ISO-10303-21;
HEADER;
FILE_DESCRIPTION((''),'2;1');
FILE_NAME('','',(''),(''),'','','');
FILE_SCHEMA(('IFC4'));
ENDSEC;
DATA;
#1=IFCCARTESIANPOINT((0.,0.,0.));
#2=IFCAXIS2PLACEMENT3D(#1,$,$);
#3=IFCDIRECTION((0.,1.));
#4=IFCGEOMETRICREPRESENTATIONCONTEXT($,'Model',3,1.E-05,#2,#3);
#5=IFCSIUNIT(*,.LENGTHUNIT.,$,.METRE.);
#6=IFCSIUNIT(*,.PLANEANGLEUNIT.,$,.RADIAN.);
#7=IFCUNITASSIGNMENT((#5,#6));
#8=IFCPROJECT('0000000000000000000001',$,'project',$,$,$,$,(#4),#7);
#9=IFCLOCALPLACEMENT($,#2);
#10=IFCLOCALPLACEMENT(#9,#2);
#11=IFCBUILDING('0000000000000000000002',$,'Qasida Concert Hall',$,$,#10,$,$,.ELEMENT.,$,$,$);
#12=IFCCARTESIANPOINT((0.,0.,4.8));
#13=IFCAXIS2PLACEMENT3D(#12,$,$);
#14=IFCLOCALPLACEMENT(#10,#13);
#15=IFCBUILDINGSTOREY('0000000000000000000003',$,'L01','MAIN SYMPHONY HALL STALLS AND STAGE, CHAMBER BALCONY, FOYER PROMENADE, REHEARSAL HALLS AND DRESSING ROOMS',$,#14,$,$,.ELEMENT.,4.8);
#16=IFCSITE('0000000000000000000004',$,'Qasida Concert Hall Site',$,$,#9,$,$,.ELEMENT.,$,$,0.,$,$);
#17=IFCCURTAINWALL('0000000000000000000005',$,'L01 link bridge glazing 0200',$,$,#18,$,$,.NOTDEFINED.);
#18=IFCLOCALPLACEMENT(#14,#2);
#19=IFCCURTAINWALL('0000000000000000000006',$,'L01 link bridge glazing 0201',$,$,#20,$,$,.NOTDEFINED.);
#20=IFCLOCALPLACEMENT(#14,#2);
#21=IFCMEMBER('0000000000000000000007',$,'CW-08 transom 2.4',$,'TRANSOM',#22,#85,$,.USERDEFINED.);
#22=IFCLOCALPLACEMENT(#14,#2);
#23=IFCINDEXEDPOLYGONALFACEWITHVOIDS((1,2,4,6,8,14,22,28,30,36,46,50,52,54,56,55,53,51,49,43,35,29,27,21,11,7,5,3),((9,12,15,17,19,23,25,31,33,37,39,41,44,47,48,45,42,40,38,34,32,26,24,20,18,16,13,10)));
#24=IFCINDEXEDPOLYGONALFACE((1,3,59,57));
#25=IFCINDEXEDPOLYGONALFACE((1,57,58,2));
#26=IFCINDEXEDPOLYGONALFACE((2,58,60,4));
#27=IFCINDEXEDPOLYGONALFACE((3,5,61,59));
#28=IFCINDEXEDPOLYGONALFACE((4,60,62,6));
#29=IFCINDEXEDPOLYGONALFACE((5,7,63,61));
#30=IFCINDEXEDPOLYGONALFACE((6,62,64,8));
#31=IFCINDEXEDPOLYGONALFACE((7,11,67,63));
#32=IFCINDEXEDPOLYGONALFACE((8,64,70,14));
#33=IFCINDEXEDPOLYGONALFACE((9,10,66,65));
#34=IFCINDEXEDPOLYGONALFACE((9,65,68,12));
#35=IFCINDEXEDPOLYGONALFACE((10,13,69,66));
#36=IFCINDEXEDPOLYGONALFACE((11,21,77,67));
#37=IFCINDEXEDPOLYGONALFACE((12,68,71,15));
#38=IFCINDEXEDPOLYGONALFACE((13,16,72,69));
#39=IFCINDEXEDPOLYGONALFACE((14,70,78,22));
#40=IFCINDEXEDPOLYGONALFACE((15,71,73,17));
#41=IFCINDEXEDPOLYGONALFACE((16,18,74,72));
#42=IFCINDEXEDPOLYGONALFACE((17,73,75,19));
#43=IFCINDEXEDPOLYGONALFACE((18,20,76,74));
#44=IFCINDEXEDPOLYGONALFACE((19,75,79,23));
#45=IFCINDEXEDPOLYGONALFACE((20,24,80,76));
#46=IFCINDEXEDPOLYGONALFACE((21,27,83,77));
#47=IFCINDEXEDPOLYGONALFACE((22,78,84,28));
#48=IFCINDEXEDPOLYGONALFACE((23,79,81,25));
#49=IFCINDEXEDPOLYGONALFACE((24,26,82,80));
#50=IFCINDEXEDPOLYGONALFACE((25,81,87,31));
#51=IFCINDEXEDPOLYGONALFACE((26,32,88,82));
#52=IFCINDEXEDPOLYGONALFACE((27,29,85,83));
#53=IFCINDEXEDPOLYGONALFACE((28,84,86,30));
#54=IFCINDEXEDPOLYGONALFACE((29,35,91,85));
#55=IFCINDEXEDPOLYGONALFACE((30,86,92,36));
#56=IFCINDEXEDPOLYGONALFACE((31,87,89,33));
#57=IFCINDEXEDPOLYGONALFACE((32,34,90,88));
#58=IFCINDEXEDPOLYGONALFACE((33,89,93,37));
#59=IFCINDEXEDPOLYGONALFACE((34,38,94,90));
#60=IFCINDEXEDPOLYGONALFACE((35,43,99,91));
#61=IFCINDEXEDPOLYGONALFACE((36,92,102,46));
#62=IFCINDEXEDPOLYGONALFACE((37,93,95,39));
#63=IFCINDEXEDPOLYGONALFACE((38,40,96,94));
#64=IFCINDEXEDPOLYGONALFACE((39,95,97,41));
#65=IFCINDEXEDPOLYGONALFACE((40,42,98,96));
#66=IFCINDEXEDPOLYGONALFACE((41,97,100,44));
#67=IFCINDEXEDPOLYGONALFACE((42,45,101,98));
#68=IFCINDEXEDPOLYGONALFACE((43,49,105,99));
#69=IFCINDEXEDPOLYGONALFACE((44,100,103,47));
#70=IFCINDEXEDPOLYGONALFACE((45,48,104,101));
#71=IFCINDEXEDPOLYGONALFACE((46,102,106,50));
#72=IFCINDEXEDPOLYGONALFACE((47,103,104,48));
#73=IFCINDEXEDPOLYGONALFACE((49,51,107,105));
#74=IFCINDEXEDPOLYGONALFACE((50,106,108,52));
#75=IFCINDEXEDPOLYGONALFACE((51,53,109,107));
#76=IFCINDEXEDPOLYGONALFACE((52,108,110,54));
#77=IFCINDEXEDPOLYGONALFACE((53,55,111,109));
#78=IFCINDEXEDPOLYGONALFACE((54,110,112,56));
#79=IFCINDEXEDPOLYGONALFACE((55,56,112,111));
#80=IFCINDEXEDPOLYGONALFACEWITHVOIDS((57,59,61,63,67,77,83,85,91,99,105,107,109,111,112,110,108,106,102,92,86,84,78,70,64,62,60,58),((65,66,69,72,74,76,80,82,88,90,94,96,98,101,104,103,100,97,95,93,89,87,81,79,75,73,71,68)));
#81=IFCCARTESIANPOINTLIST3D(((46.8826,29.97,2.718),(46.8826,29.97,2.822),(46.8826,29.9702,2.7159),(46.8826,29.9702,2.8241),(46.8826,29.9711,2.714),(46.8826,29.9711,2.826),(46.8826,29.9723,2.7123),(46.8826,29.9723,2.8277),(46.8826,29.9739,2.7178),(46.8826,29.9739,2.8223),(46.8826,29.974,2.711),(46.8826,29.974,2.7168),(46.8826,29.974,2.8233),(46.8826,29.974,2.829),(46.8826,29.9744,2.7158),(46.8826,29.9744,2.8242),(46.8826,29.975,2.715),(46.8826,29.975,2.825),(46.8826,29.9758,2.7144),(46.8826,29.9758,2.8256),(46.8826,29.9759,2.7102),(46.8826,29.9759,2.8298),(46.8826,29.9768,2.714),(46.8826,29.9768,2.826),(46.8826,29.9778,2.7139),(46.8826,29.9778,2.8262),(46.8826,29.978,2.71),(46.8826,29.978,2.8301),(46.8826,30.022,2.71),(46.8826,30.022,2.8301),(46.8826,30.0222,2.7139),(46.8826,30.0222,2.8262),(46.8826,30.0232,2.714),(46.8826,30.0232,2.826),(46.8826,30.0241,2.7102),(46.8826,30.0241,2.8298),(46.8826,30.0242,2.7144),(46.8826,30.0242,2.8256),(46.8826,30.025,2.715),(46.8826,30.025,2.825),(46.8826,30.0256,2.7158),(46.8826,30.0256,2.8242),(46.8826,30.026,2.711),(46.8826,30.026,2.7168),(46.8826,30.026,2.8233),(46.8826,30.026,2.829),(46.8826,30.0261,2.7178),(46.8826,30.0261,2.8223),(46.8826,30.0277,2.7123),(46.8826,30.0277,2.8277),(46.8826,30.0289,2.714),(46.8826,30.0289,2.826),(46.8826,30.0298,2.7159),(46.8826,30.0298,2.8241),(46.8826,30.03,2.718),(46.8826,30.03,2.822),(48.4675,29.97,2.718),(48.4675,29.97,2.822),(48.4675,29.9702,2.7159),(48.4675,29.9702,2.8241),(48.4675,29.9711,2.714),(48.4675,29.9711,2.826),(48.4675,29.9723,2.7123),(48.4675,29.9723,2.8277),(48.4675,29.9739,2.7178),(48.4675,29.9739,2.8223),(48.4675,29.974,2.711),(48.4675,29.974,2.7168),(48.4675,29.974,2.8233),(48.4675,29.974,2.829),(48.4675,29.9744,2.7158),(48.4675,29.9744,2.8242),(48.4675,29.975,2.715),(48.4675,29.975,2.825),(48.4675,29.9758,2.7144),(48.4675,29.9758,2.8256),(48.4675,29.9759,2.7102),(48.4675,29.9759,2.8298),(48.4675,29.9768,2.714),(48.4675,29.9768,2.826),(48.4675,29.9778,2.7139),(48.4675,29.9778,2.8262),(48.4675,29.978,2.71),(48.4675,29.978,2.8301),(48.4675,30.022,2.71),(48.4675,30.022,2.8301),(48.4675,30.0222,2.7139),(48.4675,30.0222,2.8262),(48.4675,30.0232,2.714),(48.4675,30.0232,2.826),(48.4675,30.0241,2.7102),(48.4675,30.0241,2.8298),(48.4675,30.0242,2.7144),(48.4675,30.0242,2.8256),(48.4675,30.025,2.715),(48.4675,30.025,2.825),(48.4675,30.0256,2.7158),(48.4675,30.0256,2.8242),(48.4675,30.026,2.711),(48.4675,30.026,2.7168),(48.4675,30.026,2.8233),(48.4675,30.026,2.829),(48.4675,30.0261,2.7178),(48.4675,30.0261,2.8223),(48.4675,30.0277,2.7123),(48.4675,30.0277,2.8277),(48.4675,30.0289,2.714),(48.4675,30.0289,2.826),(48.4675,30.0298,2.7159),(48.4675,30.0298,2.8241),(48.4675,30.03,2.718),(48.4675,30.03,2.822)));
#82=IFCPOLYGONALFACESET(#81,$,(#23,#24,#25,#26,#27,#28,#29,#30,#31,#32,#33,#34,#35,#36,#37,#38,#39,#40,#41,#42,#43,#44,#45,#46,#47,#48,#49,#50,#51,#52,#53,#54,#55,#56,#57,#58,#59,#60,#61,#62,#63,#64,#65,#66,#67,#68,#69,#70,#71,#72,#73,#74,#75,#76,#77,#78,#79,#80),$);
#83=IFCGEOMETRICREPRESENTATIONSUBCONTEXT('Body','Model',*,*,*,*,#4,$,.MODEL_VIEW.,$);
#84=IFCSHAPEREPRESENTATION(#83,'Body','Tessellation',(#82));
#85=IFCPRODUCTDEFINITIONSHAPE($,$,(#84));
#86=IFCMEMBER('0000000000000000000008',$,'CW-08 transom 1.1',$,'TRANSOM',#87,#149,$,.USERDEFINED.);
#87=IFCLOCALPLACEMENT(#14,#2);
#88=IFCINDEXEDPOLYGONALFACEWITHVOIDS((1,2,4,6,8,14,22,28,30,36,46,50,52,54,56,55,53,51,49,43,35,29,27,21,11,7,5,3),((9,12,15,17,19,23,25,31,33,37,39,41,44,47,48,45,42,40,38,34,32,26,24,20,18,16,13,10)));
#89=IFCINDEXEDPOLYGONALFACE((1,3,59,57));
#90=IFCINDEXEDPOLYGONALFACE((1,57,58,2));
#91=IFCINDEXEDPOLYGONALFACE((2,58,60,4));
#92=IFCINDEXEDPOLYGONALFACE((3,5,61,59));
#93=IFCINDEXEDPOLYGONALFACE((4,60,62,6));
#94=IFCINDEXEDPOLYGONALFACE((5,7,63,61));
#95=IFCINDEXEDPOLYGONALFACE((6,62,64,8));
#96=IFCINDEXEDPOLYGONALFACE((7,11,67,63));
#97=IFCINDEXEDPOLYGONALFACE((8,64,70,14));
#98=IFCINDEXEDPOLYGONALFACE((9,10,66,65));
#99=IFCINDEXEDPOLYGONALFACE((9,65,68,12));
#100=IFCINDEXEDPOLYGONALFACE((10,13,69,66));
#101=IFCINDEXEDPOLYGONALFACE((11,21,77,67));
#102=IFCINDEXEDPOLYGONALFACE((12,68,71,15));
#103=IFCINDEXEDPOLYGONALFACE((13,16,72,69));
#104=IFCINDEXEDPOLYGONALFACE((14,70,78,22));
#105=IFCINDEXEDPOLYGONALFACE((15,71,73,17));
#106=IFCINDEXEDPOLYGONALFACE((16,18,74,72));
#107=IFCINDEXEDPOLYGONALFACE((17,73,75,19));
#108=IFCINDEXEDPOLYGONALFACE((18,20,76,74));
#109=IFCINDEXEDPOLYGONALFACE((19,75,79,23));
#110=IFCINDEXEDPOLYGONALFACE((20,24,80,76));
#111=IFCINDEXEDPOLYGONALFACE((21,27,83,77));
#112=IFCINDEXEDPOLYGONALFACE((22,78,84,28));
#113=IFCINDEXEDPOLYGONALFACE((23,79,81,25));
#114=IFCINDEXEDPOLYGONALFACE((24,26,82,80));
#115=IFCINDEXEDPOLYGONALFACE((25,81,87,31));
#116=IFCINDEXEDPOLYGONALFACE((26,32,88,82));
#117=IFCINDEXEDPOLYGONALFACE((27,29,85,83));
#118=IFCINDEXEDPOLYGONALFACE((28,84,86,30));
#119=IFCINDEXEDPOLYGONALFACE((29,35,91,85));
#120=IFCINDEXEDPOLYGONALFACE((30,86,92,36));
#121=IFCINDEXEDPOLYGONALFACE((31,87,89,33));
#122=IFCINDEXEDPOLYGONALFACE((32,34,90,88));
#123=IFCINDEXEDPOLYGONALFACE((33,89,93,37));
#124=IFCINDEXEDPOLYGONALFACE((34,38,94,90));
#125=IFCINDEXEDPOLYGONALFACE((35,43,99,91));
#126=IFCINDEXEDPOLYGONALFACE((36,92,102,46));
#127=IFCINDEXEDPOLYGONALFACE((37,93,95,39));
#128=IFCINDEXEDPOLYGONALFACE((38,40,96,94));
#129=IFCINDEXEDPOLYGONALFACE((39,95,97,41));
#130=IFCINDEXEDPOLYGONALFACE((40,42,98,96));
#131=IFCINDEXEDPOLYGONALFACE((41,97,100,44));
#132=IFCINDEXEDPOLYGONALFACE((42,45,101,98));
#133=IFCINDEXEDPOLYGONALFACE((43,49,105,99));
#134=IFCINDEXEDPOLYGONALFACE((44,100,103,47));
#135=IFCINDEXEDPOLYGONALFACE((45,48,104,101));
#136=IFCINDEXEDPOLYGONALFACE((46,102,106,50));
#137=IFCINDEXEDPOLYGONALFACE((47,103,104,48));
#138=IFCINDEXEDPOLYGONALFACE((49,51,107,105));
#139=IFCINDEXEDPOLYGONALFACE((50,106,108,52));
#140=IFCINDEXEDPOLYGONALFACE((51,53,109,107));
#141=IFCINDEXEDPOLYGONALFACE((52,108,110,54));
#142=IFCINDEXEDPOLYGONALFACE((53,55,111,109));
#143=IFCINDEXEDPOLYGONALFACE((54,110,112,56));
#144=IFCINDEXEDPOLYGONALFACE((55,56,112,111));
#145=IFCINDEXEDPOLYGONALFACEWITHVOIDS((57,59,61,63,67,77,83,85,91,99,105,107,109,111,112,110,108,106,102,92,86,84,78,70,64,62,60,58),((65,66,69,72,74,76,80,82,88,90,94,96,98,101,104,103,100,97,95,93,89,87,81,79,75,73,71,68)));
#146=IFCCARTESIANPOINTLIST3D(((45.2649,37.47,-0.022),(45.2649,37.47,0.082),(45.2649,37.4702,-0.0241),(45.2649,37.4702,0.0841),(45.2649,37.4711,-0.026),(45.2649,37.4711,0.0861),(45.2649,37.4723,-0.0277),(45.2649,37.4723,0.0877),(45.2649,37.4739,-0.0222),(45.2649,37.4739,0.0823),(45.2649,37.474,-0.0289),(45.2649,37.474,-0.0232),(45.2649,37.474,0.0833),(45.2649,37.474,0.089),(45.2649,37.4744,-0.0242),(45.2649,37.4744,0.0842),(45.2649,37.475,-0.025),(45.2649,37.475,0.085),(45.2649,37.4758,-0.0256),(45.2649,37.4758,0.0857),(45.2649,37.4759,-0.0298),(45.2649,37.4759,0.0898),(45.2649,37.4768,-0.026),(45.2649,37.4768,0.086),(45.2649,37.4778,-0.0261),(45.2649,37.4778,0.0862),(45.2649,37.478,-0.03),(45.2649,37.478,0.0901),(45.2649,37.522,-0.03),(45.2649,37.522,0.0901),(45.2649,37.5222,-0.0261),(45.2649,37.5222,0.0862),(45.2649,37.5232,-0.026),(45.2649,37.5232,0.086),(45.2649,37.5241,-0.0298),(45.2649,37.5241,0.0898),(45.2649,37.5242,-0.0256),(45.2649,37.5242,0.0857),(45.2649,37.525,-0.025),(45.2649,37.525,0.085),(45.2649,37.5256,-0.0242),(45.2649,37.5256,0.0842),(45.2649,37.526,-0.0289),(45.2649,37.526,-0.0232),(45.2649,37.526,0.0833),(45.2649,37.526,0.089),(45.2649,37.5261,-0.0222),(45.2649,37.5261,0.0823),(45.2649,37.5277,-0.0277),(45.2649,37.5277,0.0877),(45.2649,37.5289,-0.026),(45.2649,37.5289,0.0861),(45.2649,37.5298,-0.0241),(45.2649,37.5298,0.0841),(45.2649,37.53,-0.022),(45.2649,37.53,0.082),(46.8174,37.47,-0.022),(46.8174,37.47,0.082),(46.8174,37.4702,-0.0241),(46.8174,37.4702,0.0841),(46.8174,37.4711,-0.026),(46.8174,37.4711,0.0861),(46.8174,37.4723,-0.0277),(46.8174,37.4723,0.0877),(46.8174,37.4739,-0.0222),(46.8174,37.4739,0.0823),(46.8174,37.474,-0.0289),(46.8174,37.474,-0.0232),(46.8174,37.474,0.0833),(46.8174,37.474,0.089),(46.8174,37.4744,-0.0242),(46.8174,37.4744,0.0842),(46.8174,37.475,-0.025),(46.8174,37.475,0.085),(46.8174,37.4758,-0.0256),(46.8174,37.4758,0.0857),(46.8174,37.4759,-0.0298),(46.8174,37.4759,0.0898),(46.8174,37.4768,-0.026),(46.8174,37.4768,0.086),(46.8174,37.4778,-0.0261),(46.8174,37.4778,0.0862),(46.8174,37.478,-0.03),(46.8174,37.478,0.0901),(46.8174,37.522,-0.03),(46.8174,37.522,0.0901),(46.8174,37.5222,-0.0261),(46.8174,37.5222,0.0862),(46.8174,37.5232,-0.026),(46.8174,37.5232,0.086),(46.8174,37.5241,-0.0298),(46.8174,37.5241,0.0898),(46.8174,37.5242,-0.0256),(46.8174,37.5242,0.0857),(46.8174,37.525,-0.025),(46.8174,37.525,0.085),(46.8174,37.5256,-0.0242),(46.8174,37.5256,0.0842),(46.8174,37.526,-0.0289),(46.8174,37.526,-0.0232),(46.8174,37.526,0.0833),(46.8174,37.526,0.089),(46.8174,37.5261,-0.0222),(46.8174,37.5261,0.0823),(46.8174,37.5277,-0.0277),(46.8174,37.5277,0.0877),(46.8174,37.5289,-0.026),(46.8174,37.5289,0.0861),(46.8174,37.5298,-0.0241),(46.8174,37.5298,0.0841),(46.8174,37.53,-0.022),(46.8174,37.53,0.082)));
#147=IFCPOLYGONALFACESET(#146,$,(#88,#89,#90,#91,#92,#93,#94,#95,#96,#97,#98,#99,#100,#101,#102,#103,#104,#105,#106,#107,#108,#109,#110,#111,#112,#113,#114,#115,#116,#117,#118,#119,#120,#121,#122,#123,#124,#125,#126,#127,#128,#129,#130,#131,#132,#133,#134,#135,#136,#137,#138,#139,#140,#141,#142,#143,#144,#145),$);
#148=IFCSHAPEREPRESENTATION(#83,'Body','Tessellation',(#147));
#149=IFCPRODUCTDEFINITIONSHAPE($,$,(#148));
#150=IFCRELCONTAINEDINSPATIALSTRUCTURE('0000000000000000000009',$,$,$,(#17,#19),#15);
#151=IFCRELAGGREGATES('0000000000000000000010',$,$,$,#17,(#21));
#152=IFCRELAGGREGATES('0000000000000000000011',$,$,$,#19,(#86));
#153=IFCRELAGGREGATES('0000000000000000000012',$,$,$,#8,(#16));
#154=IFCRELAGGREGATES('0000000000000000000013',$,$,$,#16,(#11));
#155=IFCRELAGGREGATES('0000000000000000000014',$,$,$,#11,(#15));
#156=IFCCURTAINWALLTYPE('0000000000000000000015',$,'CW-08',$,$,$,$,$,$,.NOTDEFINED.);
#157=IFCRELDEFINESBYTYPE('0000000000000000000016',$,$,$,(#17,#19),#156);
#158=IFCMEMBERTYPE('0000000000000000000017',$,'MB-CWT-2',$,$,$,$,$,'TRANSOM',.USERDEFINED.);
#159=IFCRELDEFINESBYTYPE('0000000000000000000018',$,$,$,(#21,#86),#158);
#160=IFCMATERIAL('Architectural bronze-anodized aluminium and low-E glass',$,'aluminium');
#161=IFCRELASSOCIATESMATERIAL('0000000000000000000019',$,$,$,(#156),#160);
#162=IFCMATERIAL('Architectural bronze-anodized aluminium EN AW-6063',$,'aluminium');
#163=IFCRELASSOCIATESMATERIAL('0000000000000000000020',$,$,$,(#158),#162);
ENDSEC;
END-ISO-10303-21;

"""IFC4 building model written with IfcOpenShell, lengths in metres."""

from ifc_helpers import new_model, si_unit, direction, frame, origin, origin_2d, place, context, subcontext, project, spatial, hollow_rectangle, extrude, material, material_profile, profile_set, type_object, element, aggregate, save


model = new_model("IFC4")

# Units and contexts
model_context = context("Model", 3, precision=1e-05, world=origin(), true_north=direction((0.0, 1.0)))
body_context = subcontext(model_context, "Body", "Model", "MODEL_VIEW")
ifc_project = project(units=[si_unit("LENGTHUNIT", "METRE"), si_unit("PLANEANGLEUNIT", "RADIAN")], contexts=[model_context])

# Site, building, storey
site_placement = place(None, origin())
site = spatial("IfcSite", under=ifc_project, at=site_placement, Name="Qasida Concert Hall Site", CompositionType="ELEMENT", RefElevation=0.0)
building_placement = place(site_placement, origin())
building = spatial("IfcBuilding", under=site, at=building_placement, Name="Qasida Concert Hall", CompositionType="ELEMENT")
storey_placement = place(building_placement, frame((0.0, 0.0, 4.8)))
storey = spatial("IfcBuildingStorey", under=building, at=storey_placement, Name="L01", Description="MAIN SYMPHONY HALL STALLS AND STAGE, CHAMBER BALCONY, FOYER PROMENADE, REHEARSAL HALLS AND DRESSING ROOMS", CompositionType="ELEMENT", Elevation=4.8)

# Curtain walls
ifc_material_1 = material(Name="Architectural bronze-anodized aluminium and low-E glass", Category="aluminium")
curtain_wall_type = type_object("IfcCurtainWallType", Name="CW-08", PredefinedType="NOTDEFINED", material=ifc_material_1)
curtain_wall_1_placement = place(storey_placement, origin())
curtain_wall_1 = element("IfcCurtainWall", 1, at=curtain_wall_1_placement, inside=storey, type_object=curtain_wall_type, Name="L01 link bridge glazing 0200", PredefinedType="NOTDEFINED")
ifc_material_2 = material(Name="Architectural bronze-anodized aluminium EN AW-6063", Category="aluminium")
curtain_wall_2_placement = place(storey_placement, origin())
curtain_wall_2 = element("IfcCurtainWall", 2, at=curtain_wall_2_placement, inside=storey, type_object=curtain_wall_type, Name="L01 link bridge glazing 0201", PredefinedType="NOTDEFINED")

# Members
ifc_material_profile_1 = material_profile(ifc_material_2, hollow_rectangle(XDim=0.0601, YDim=0.1201, WallThickness=0.0039, InnerFilletRadius=0.0039, OuterFilletRadius=0.0081, at=origin_2d()), Name="CWT 120x60x4")
ifc_profile_set_1 = profile_set([ifc_material_profile_1], Name="Architectural bronze-anodized aluminium EN AW-6063")
member_type_1 = type_object("IfcMemberType", Name="MB-CWT-2", ElementType="TRANSOM", PredefinedType="USERDEFINED", material=ifc_profile_set_1)
member_1_placement = place(storey_placement, frame((46.8826, 30.0, 2.77), z_axis=(1.0, 0.0, 0.0), x_axis=(0.0, 1.0, 0.0)))
member_1 = element("IfcMember", 3, at=member_1_placement, type_object=member_type_1, Name="CW-08 transom 2.4", ObjectType="TRANSOM", PredefinedType="USERDEFINED", context=body_context, shape_type="SweptSolid", body=[
    extrude(hollow_rectangle(XDim=0.0601, YDim=0.1201, WallThickness=0.0039, InnerFilletRadius=0.0039, OuterFilletRadius=0.0081, at=origin_2d()), origin(), (0.0, 0.0, 1.0), 1.585),
])
member_2_placement = place(storey_placement, frame((45.2649, 37.5, 0.03), z_axis=(1.0, 0.0, 0.0), x_axis=(0.0, 1.0, 0.0)))
member_2 = element("IfcMember", 4, at=member_2_placement, type_object=member_type_1, Name="CW-08 transom 1.1", ObjectType="TRANSOM", PredefinedType="USERDEFINED", context=body_context, shape_type="SweptSolid", body=[
    extrude(hollow_rectangle(XDim=0.0601, YDim=0.1201, WallThickness=0.0039, InnerFilletRadius=0.0039, OuterFilletRadius=0.0081, at=origin_2d()), origin(), (0.0, 0.0, 1.0), 1.5525),
])

aggregate(curtain_wall_1, [member_1])
aggregate(curtain_wall_2, [member_2])

save(model, "model.ifc")
